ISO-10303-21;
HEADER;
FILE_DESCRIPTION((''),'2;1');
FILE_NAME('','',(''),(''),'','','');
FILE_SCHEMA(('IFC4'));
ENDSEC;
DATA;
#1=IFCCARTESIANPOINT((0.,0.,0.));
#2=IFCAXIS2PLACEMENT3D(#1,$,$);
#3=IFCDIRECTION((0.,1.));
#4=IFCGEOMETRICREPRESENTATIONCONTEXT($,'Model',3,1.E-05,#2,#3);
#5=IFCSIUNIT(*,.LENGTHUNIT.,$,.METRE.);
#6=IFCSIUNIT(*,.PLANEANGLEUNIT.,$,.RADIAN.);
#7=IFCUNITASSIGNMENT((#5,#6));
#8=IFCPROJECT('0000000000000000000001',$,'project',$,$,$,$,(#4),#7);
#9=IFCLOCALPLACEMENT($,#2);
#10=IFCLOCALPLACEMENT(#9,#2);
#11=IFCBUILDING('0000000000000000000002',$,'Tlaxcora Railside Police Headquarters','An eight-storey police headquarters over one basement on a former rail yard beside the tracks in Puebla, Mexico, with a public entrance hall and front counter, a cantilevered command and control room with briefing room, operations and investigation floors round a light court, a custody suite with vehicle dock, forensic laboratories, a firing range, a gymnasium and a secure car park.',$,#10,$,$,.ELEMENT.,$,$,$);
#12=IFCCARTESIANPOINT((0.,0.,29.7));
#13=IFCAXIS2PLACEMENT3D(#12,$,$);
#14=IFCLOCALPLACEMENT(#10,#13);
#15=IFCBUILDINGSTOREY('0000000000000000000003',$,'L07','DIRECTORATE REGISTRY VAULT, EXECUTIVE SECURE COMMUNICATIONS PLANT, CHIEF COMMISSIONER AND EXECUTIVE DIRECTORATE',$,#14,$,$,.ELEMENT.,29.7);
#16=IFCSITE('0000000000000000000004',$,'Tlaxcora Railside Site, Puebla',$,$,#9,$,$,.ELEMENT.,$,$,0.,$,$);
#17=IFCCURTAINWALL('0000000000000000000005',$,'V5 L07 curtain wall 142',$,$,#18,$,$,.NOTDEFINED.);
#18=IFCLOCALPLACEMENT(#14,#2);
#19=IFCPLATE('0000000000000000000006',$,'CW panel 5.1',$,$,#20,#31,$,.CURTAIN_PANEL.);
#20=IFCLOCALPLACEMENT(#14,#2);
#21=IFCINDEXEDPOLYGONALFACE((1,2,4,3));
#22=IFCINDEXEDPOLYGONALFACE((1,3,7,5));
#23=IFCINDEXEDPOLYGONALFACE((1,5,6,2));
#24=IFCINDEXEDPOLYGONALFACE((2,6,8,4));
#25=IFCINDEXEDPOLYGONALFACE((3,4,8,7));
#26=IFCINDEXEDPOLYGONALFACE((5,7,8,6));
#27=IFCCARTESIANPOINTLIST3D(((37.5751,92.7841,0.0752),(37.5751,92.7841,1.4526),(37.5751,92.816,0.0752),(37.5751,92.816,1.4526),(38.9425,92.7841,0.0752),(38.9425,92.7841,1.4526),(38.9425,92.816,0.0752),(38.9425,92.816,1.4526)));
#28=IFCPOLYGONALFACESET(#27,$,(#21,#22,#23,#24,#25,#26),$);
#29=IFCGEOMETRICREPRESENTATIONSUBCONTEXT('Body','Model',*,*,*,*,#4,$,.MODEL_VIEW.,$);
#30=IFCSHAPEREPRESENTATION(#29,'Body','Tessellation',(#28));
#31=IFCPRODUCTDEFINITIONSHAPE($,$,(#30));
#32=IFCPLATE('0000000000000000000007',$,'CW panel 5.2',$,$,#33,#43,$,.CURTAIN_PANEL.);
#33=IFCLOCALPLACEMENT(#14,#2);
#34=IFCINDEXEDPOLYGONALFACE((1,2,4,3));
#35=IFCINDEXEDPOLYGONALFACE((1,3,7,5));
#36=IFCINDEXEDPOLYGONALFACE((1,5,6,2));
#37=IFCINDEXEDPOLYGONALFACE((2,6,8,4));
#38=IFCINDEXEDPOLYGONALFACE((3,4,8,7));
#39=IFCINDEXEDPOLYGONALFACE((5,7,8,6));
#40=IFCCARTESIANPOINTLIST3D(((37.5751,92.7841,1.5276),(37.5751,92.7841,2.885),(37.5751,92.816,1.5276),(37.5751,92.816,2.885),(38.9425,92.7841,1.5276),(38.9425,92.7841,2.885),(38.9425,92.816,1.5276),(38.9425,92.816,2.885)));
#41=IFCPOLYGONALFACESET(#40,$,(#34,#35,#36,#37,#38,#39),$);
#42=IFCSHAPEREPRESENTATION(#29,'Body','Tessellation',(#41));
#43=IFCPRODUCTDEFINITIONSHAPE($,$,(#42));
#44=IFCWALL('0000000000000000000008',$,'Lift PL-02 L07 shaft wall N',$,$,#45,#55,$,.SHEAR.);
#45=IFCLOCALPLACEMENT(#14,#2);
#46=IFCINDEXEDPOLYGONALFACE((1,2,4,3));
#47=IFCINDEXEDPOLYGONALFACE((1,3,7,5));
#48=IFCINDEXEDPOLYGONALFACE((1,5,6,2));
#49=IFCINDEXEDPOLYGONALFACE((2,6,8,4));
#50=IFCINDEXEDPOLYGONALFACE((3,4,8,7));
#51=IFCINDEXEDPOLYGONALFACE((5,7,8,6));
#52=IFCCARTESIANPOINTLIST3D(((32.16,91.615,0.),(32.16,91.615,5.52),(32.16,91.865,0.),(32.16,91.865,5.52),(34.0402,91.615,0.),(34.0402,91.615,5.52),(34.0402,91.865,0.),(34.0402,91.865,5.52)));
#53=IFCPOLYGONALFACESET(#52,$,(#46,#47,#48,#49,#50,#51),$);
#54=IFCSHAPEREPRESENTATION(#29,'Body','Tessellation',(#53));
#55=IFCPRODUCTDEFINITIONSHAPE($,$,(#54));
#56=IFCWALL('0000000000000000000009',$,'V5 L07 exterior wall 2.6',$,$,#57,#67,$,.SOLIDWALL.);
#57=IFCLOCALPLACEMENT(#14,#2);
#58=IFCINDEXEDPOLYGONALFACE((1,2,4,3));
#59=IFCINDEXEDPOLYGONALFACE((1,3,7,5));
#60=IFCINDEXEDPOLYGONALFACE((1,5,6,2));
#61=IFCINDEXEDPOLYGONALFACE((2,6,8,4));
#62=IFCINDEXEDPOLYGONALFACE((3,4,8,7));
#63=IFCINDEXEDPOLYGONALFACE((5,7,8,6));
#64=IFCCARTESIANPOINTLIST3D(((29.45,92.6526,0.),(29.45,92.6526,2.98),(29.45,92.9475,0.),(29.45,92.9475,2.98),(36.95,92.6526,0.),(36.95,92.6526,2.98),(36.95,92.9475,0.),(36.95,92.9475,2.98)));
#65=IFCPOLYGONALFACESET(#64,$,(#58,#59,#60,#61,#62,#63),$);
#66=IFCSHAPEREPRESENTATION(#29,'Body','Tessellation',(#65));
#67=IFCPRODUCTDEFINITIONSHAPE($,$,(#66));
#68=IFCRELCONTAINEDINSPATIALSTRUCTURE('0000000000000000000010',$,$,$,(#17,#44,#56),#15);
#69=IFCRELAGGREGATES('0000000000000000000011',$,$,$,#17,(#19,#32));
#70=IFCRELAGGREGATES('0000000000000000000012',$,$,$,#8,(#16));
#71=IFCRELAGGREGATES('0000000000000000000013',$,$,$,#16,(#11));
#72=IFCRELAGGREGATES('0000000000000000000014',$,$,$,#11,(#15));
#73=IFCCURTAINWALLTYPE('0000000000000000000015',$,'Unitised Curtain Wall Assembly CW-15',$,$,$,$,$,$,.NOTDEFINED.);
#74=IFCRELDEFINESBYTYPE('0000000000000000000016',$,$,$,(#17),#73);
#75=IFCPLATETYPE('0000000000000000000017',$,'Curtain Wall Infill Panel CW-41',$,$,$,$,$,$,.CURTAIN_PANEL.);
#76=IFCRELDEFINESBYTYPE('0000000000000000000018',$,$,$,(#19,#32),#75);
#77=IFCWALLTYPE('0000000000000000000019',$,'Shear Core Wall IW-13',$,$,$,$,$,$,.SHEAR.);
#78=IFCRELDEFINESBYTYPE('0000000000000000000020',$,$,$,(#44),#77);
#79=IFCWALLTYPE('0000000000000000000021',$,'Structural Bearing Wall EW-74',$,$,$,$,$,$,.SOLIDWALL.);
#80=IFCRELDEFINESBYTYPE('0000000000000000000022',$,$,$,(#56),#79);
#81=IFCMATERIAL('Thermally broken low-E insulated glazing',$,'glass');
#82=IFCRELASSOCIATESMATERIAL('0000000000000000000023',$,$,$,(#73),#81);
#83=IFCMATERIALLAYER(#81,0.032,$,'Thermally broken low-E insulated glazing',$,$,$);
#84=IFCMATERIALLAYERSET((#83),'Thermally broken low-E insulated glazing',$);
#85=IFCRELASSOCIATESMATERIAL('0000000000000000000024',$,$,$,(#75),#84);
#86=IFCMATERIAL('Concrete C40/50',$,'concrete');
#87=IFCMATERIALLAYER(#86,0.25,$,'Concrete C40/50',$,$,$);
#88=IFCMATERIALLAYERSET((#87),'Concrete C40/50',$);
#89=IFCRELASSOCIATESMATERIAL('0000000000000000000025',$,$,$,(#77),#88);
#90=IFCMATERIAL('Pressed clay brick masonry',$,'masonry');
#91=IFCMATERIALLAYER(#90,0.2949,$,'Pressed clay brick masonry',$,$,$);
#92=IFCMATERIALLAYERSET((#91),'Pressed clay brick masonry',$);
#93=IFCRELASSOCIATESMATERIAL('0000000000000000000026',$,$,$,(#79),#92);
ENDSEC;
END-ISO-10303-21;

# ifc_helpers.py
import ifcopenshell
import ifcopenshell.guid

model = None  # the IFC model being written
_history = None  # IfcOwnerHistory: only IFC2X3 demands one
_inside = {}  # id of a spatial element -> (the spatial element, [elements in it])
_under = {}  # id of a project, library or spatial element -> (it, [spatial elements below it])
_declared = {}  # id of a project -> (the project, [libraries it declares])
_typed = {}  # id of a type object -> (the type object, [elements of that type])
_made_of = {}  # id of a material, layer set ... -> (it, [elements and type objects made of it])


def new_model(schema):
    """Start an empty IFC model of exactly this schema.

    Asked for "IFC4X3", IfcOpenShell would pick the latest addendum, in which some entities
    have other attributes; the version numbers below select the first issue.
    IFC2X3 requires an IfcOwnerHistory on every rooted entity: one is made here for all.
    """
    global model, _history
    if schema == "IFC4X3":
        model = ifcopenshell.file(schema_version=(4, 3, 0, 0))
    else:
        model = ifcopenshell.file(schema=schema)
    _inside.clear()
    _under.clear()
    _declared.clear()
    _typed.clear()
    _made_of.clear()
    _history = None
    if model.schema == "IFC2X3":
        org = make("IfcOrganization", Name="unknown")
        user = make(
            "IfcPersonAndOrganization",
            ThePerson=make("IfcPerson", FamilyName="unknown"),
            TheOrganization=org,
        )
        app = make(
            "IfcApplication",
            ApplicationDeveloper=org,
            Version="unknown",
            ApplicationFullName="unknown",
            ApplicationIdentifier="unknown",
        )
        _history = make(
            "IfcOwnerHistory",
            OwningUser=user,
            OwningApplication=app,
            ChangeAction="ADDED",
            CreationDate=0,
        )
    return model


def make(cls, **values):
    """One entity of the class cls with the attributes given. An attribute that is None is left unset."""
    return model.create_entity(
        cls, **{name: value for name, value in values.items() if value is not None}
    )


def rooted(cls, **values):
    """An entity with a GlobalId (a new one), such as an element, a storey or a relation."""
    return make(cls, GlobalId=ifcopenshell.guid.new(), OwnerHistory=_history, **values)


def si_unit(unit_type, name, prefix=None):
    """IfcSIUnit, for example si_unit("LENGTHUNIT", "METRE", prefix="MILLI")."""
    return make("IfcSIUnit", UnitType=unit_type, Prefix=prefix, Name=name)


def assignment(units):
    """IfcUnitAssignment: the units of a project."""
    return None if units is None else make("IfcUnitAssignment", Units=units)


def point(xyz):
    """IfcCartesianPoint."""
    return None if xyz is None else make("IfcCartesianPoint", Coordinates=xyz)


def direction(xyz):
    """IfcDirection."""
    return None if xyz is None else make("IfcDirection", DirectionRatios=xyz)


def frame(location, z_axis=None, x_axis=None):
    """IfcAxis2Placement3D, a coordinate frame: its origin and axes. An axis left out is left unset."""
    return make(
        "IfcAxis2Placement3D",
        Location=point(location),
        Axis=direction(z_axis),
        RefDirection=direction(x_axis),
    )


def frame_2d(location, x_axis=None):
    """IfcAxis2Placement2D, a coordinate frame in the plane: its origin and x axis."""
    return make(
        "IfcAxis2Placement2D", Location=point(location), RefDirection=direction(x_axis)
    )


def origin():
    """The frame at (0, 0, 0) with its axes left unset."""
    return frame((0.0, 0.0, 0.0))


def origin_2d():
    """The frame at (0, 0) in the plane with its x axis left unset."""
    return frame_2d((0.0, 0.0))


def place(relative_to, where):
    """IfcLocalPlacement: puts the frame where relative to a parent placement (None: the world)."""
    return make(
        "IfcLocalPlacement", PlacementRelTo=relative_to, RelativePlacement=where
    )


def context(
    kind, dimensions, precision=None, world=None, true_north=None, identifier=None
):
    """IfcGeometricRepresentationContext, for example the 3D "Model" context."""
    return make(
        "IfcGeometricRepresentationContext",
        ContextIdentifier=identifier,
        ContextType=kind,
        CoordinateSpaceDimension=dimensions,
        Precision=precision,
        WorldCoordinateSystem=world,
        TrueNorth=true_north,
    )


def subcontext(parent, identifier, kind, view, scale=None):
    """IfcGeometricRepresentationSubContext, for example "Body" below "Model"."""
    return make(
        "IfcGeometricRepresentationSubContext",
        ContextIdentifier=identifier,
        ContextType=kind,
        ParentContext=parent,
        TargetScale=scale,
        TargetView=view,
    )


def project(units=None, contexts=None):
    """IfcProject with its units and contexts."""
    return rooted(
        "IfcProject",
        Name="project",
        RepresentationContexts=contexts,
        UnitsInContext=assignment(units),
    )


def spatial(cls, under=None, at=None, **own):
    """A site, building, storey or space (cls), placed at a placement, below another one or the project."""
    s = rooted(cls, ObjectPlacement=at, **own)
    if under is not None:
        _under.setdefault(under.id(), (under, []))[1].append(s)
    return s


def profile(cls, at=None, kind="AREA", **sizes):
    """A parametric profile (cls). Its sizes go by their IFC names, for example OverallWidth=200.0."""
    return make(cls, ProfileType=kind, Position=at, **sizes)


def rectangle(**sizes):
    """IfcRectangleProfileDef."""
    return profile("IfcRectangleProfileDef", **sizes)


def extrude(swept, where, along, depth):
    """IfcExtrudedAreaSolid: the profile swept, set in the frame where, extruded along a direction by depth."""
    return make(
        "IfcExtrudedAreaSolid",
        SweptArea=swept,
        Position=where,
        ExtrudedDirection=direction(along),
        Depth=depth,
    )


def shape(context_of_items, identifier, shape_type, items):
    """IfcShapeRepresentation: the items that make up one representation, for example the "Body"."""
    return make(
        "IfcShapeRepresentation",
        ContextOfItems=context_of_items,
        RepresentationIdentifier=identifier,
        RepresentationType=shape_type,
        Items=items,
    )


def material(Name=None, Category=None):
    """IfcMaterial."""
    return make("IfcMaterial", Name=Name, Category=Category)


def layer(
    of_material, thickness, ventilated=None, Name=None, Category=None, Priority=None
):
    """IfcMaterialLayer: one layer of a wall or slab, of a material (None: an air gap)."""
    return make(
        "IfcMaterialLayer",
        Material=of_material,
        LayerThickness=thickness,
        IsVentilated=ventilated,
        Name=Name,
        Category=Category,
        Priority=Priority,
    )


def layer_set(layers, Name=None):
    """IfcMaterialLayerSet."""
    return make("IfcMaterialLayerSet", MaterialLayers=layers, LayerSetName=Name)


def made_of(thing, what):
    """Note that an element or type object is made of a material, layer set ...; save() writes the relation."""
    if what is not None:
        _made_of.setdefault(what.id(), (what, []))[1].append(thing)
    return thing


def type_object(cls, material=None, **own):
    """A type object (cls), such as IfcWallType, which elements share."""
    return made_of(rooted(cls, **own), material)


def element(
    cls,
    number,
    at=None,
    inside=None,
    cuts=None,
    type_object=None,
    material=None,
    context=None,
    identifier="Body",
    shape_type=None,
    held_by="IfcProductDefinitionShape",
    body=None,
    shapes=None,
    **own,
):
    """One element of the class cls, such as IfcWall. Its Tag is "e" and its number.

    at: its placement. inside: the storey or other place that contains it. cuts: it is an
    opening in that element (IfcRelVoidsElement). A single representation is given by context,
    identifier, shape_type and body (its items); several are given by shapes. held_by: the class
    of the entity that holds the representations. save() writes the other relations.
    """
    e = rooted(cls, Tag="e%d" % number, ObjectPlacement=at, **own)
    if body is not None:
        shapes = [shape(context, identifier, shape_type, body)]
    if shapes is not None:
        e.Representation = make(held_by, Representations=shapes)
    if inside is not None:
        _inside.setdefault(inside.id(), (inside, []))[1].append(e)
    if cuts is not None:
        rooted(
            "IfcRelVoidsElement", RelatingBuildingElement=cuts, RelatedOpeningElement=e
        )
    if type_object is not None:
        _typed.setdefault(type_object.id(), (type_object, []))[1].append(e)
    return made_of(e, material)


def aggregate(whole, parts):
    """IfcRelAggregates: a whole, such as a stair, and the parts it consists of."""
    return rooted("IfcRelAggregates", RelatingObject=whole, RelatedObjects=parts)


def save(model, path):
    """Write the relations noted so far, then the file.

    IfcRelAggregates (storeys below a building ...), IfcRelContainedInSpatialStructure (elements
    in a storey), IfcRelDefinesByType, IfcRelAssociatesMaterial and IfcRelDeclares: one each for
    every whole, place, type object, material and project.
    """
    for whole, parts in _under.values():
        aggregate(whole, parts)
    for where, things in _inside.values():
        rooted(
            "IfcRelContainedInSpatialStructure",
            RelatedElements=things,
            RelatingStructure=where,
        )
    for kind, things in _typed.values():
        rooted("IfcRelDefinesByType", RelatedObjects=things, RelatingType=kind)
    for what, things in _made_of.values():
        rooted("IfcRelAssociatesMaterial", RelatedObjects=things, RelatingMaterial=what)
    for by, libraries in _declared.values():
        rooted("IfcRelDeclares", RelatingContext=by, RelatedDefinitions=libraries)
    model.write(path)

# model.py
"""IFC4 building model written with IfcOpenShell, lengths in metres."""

from ifc_helpers import new_model, si_unit, direction, frame, frame_2d, origin, origin_2d, place, context, subcontext, project, spatial, rectangle, extrude, material, layer, layer_set, type_object, element, aggregate, save


model = new_model("IFC4")

# Units and contexts
model_context = context("Model", 3, precision=1e-05, world=origin(), true_north=direction((0.0, 1.0)))
body_context = subcontext(model_context, "Body", "Model", "MODEL_VIEW")
ifc_project = project(units=[si_unit("LENGTHUNIT", "METRE"), si_unit("PLANEANGLEUNIT", "RADIAN")], contexts=[model_context])

# Site, building, storey
site_placement = place(None, origin())
site = spatial("IfcSite", under=ifc_project, at=site_placement, Name="Tlaxcora Railside Site, Puebla", CompositionType="ELEMENT", RefElevation=0.0)
building_placement = place(site_placement, origin())
building = spatial("IfcBuilding", under=site, at=building_placement, Name="Tlaxcora Railside Police Headquarters", Description="An eight-storey police headquarters over one basement on a former rail yard beside the tracks in Puebla, Mexico, with a public entrance hall and front counter, a cantilevered command and control room with briefing room, operations and investigation floors round a light court, a custody suite with vehicle dock, forensic laboratories, a firing range, a gymnasium and a secure car park.", CompositionType="ELEMENT")
storey_placement = place(building_placement, frame((0.0, 0.0, 29.7)))
storey = spatial("IfcBuildingStorey", under=building, at=storey_placement, Name="L07", Description="DIRECTORATE REGISTRY VAULT, EXECUTIVE SECURE COMMUNICATIONS PLANT, CHIEF COMMISSIONER AND EXECUTIVE DIRECTORATE", CompositionType="ELEMENT", Elevation=29.7)

# Shared definitions
ifc_material_1 = material(Name="Concrete C40/50", Category="concrete")

# Curtain wall
ifc_material_2 = material(Name="Thermally broken low-E insulated glazing", Category="glass")
curtain_wall_type = type_object("IfcCurtainWallType", Name="Unitised Curtain Wall Assembly CW-15", PredefinedType="NOTDEFINED", material=ifc_material_2)
curtain_wall_placement = place(storey_placement, origin())
curtain_wall = element("IfcCurtainWall", 1, at=curtain_wall_placement, inside=storey, type_object=curtain_wall_type, Name="V5 L07 curtain wall 142", PredefinedType="NOTDEFINED")

# Plates
ifc_layer_1 = layer(ifc_material_2, 0.032, Name="Thermally broken low-E insulated glazing")
ifc_layer_set_1 = layer_set([ifc_layer_1], Name="Thermally broken low-E insulated glazing")
plate_type = type_object("IfcPlateType", Name="Curtain Wall Infill Panel CW-41", PredefinedType="CURTAIN_PANEL", material=ifc_layer_set_1)
plate_1_placement = place(storey_placement, frame((38.2588, 92.8, 0.0752), z_axis=(0.0, 0.0, 1.0), x_axis=(-1.0, 0.0, 0.0)))
plate_1 = element("IfcPlate", 2, at=plate_1_placement, type_object=plate_type, Name="CW panel 5.1", PredefinedType="CURTAIN_PANEL", context=body_context, shape_type="SweptSolid", body=[
    extrude(rectangle(XDim=1.3674, YDim=0.032, at=origin_2d()), origin(), (0.0, 0.0, 1.0), 1.3774),
])
plate_2_placement = place(storey_placement, frame((38.2588, 92.8, 1.5276), z_axis=(0.0, 0.0, 1.0), x_axis=(-1.0, 0.0, 0.0)))
plate_2 = element("IfcPlate", 3, at=plate_2_placement, type_object=plate_type, Name="CW panel 5.2", PredefinedType="CURTAIN_PANEL", context=body_context, shape_type="SweptSolid", body=[
    extrude(rectangle(XDim=1.3674, YDim=0.032, at=origin_2d()), origin(), (0.0, 0.0, 1.0), 1.3574),
])
aggregate(curtain_wall, [plate_1, plate_2])

# Walls
ifc_layer_2 = layer(ifc_material_1, 0.25, Name="Concrete C40/50")
ifc_layer_set_2 = layer_set([ifc_layer_2], Name="Concrete C40/50")
wall_type_1 = type_object("IfcWallType", Name="Shear Core Wall IW-13", PredefinedType="SHEAR", material=ifc_layer_set_2)
wall_1_placement = place(storey_placement, frame((34.04, 91.74, 0.0), z_axis=(0.0, 0.0, 1.0), x_axis=(-1.0, 0.0, 0.0)))
element("IfcWall", 4, at=wall_1_placement, inside=storey, type_object=wall_type_1, Name="Lift PL-02 L07 shaft wall N", PredefinedType="SHEAR", context=body_context, shape_type="SweptSolid", body=[
    extrude(rectangle(XDim=1.8801, YDim=0.25, at=frame_2d((0.9399, 0.0))), origin(), (0.0, 0.0, 1.0), 5.52),
])
ifc_material_3 = material(Name="Pressed clay brick masonry", Category="masonry")
ifc_layer_3 = layer(ifc_material_3, 0.2949, Name="Pressed clay brick masonry")
ifc_layer_set_3 = layer_set([ifc_layer_3], Name="Pressed clay brick masonry")
wall_type_2 = type_object("IfcWallType", Name="Structural Bearing Wall EW-74", PredefinedType="SOLIDWALL", material=ifc_layer_set_3)
wall_2_placement = place(storey_placement, frame((36.95, 92.8, 0.0), z_axis=(0.0, 0.0, 1.0), x_axis=(-1.0, 0.0, 0.0)))
element("IfcWall", 5, at=wall_2_placement, inside=storey, type_object=wall_type_2, Name="V5 L07 exterior wall 2.6", PredefinedType="SOLIDWALL", context=body_context, shape_type="SweptSolid", body=[
    extrude(rectangle(XDim=7.5, YDim=0.2949, at=frame_2d((3.75, 0.0))), origin(), (0.0, 0.0, 1.0), 2.98),
])

save(model, "model.ifc")
